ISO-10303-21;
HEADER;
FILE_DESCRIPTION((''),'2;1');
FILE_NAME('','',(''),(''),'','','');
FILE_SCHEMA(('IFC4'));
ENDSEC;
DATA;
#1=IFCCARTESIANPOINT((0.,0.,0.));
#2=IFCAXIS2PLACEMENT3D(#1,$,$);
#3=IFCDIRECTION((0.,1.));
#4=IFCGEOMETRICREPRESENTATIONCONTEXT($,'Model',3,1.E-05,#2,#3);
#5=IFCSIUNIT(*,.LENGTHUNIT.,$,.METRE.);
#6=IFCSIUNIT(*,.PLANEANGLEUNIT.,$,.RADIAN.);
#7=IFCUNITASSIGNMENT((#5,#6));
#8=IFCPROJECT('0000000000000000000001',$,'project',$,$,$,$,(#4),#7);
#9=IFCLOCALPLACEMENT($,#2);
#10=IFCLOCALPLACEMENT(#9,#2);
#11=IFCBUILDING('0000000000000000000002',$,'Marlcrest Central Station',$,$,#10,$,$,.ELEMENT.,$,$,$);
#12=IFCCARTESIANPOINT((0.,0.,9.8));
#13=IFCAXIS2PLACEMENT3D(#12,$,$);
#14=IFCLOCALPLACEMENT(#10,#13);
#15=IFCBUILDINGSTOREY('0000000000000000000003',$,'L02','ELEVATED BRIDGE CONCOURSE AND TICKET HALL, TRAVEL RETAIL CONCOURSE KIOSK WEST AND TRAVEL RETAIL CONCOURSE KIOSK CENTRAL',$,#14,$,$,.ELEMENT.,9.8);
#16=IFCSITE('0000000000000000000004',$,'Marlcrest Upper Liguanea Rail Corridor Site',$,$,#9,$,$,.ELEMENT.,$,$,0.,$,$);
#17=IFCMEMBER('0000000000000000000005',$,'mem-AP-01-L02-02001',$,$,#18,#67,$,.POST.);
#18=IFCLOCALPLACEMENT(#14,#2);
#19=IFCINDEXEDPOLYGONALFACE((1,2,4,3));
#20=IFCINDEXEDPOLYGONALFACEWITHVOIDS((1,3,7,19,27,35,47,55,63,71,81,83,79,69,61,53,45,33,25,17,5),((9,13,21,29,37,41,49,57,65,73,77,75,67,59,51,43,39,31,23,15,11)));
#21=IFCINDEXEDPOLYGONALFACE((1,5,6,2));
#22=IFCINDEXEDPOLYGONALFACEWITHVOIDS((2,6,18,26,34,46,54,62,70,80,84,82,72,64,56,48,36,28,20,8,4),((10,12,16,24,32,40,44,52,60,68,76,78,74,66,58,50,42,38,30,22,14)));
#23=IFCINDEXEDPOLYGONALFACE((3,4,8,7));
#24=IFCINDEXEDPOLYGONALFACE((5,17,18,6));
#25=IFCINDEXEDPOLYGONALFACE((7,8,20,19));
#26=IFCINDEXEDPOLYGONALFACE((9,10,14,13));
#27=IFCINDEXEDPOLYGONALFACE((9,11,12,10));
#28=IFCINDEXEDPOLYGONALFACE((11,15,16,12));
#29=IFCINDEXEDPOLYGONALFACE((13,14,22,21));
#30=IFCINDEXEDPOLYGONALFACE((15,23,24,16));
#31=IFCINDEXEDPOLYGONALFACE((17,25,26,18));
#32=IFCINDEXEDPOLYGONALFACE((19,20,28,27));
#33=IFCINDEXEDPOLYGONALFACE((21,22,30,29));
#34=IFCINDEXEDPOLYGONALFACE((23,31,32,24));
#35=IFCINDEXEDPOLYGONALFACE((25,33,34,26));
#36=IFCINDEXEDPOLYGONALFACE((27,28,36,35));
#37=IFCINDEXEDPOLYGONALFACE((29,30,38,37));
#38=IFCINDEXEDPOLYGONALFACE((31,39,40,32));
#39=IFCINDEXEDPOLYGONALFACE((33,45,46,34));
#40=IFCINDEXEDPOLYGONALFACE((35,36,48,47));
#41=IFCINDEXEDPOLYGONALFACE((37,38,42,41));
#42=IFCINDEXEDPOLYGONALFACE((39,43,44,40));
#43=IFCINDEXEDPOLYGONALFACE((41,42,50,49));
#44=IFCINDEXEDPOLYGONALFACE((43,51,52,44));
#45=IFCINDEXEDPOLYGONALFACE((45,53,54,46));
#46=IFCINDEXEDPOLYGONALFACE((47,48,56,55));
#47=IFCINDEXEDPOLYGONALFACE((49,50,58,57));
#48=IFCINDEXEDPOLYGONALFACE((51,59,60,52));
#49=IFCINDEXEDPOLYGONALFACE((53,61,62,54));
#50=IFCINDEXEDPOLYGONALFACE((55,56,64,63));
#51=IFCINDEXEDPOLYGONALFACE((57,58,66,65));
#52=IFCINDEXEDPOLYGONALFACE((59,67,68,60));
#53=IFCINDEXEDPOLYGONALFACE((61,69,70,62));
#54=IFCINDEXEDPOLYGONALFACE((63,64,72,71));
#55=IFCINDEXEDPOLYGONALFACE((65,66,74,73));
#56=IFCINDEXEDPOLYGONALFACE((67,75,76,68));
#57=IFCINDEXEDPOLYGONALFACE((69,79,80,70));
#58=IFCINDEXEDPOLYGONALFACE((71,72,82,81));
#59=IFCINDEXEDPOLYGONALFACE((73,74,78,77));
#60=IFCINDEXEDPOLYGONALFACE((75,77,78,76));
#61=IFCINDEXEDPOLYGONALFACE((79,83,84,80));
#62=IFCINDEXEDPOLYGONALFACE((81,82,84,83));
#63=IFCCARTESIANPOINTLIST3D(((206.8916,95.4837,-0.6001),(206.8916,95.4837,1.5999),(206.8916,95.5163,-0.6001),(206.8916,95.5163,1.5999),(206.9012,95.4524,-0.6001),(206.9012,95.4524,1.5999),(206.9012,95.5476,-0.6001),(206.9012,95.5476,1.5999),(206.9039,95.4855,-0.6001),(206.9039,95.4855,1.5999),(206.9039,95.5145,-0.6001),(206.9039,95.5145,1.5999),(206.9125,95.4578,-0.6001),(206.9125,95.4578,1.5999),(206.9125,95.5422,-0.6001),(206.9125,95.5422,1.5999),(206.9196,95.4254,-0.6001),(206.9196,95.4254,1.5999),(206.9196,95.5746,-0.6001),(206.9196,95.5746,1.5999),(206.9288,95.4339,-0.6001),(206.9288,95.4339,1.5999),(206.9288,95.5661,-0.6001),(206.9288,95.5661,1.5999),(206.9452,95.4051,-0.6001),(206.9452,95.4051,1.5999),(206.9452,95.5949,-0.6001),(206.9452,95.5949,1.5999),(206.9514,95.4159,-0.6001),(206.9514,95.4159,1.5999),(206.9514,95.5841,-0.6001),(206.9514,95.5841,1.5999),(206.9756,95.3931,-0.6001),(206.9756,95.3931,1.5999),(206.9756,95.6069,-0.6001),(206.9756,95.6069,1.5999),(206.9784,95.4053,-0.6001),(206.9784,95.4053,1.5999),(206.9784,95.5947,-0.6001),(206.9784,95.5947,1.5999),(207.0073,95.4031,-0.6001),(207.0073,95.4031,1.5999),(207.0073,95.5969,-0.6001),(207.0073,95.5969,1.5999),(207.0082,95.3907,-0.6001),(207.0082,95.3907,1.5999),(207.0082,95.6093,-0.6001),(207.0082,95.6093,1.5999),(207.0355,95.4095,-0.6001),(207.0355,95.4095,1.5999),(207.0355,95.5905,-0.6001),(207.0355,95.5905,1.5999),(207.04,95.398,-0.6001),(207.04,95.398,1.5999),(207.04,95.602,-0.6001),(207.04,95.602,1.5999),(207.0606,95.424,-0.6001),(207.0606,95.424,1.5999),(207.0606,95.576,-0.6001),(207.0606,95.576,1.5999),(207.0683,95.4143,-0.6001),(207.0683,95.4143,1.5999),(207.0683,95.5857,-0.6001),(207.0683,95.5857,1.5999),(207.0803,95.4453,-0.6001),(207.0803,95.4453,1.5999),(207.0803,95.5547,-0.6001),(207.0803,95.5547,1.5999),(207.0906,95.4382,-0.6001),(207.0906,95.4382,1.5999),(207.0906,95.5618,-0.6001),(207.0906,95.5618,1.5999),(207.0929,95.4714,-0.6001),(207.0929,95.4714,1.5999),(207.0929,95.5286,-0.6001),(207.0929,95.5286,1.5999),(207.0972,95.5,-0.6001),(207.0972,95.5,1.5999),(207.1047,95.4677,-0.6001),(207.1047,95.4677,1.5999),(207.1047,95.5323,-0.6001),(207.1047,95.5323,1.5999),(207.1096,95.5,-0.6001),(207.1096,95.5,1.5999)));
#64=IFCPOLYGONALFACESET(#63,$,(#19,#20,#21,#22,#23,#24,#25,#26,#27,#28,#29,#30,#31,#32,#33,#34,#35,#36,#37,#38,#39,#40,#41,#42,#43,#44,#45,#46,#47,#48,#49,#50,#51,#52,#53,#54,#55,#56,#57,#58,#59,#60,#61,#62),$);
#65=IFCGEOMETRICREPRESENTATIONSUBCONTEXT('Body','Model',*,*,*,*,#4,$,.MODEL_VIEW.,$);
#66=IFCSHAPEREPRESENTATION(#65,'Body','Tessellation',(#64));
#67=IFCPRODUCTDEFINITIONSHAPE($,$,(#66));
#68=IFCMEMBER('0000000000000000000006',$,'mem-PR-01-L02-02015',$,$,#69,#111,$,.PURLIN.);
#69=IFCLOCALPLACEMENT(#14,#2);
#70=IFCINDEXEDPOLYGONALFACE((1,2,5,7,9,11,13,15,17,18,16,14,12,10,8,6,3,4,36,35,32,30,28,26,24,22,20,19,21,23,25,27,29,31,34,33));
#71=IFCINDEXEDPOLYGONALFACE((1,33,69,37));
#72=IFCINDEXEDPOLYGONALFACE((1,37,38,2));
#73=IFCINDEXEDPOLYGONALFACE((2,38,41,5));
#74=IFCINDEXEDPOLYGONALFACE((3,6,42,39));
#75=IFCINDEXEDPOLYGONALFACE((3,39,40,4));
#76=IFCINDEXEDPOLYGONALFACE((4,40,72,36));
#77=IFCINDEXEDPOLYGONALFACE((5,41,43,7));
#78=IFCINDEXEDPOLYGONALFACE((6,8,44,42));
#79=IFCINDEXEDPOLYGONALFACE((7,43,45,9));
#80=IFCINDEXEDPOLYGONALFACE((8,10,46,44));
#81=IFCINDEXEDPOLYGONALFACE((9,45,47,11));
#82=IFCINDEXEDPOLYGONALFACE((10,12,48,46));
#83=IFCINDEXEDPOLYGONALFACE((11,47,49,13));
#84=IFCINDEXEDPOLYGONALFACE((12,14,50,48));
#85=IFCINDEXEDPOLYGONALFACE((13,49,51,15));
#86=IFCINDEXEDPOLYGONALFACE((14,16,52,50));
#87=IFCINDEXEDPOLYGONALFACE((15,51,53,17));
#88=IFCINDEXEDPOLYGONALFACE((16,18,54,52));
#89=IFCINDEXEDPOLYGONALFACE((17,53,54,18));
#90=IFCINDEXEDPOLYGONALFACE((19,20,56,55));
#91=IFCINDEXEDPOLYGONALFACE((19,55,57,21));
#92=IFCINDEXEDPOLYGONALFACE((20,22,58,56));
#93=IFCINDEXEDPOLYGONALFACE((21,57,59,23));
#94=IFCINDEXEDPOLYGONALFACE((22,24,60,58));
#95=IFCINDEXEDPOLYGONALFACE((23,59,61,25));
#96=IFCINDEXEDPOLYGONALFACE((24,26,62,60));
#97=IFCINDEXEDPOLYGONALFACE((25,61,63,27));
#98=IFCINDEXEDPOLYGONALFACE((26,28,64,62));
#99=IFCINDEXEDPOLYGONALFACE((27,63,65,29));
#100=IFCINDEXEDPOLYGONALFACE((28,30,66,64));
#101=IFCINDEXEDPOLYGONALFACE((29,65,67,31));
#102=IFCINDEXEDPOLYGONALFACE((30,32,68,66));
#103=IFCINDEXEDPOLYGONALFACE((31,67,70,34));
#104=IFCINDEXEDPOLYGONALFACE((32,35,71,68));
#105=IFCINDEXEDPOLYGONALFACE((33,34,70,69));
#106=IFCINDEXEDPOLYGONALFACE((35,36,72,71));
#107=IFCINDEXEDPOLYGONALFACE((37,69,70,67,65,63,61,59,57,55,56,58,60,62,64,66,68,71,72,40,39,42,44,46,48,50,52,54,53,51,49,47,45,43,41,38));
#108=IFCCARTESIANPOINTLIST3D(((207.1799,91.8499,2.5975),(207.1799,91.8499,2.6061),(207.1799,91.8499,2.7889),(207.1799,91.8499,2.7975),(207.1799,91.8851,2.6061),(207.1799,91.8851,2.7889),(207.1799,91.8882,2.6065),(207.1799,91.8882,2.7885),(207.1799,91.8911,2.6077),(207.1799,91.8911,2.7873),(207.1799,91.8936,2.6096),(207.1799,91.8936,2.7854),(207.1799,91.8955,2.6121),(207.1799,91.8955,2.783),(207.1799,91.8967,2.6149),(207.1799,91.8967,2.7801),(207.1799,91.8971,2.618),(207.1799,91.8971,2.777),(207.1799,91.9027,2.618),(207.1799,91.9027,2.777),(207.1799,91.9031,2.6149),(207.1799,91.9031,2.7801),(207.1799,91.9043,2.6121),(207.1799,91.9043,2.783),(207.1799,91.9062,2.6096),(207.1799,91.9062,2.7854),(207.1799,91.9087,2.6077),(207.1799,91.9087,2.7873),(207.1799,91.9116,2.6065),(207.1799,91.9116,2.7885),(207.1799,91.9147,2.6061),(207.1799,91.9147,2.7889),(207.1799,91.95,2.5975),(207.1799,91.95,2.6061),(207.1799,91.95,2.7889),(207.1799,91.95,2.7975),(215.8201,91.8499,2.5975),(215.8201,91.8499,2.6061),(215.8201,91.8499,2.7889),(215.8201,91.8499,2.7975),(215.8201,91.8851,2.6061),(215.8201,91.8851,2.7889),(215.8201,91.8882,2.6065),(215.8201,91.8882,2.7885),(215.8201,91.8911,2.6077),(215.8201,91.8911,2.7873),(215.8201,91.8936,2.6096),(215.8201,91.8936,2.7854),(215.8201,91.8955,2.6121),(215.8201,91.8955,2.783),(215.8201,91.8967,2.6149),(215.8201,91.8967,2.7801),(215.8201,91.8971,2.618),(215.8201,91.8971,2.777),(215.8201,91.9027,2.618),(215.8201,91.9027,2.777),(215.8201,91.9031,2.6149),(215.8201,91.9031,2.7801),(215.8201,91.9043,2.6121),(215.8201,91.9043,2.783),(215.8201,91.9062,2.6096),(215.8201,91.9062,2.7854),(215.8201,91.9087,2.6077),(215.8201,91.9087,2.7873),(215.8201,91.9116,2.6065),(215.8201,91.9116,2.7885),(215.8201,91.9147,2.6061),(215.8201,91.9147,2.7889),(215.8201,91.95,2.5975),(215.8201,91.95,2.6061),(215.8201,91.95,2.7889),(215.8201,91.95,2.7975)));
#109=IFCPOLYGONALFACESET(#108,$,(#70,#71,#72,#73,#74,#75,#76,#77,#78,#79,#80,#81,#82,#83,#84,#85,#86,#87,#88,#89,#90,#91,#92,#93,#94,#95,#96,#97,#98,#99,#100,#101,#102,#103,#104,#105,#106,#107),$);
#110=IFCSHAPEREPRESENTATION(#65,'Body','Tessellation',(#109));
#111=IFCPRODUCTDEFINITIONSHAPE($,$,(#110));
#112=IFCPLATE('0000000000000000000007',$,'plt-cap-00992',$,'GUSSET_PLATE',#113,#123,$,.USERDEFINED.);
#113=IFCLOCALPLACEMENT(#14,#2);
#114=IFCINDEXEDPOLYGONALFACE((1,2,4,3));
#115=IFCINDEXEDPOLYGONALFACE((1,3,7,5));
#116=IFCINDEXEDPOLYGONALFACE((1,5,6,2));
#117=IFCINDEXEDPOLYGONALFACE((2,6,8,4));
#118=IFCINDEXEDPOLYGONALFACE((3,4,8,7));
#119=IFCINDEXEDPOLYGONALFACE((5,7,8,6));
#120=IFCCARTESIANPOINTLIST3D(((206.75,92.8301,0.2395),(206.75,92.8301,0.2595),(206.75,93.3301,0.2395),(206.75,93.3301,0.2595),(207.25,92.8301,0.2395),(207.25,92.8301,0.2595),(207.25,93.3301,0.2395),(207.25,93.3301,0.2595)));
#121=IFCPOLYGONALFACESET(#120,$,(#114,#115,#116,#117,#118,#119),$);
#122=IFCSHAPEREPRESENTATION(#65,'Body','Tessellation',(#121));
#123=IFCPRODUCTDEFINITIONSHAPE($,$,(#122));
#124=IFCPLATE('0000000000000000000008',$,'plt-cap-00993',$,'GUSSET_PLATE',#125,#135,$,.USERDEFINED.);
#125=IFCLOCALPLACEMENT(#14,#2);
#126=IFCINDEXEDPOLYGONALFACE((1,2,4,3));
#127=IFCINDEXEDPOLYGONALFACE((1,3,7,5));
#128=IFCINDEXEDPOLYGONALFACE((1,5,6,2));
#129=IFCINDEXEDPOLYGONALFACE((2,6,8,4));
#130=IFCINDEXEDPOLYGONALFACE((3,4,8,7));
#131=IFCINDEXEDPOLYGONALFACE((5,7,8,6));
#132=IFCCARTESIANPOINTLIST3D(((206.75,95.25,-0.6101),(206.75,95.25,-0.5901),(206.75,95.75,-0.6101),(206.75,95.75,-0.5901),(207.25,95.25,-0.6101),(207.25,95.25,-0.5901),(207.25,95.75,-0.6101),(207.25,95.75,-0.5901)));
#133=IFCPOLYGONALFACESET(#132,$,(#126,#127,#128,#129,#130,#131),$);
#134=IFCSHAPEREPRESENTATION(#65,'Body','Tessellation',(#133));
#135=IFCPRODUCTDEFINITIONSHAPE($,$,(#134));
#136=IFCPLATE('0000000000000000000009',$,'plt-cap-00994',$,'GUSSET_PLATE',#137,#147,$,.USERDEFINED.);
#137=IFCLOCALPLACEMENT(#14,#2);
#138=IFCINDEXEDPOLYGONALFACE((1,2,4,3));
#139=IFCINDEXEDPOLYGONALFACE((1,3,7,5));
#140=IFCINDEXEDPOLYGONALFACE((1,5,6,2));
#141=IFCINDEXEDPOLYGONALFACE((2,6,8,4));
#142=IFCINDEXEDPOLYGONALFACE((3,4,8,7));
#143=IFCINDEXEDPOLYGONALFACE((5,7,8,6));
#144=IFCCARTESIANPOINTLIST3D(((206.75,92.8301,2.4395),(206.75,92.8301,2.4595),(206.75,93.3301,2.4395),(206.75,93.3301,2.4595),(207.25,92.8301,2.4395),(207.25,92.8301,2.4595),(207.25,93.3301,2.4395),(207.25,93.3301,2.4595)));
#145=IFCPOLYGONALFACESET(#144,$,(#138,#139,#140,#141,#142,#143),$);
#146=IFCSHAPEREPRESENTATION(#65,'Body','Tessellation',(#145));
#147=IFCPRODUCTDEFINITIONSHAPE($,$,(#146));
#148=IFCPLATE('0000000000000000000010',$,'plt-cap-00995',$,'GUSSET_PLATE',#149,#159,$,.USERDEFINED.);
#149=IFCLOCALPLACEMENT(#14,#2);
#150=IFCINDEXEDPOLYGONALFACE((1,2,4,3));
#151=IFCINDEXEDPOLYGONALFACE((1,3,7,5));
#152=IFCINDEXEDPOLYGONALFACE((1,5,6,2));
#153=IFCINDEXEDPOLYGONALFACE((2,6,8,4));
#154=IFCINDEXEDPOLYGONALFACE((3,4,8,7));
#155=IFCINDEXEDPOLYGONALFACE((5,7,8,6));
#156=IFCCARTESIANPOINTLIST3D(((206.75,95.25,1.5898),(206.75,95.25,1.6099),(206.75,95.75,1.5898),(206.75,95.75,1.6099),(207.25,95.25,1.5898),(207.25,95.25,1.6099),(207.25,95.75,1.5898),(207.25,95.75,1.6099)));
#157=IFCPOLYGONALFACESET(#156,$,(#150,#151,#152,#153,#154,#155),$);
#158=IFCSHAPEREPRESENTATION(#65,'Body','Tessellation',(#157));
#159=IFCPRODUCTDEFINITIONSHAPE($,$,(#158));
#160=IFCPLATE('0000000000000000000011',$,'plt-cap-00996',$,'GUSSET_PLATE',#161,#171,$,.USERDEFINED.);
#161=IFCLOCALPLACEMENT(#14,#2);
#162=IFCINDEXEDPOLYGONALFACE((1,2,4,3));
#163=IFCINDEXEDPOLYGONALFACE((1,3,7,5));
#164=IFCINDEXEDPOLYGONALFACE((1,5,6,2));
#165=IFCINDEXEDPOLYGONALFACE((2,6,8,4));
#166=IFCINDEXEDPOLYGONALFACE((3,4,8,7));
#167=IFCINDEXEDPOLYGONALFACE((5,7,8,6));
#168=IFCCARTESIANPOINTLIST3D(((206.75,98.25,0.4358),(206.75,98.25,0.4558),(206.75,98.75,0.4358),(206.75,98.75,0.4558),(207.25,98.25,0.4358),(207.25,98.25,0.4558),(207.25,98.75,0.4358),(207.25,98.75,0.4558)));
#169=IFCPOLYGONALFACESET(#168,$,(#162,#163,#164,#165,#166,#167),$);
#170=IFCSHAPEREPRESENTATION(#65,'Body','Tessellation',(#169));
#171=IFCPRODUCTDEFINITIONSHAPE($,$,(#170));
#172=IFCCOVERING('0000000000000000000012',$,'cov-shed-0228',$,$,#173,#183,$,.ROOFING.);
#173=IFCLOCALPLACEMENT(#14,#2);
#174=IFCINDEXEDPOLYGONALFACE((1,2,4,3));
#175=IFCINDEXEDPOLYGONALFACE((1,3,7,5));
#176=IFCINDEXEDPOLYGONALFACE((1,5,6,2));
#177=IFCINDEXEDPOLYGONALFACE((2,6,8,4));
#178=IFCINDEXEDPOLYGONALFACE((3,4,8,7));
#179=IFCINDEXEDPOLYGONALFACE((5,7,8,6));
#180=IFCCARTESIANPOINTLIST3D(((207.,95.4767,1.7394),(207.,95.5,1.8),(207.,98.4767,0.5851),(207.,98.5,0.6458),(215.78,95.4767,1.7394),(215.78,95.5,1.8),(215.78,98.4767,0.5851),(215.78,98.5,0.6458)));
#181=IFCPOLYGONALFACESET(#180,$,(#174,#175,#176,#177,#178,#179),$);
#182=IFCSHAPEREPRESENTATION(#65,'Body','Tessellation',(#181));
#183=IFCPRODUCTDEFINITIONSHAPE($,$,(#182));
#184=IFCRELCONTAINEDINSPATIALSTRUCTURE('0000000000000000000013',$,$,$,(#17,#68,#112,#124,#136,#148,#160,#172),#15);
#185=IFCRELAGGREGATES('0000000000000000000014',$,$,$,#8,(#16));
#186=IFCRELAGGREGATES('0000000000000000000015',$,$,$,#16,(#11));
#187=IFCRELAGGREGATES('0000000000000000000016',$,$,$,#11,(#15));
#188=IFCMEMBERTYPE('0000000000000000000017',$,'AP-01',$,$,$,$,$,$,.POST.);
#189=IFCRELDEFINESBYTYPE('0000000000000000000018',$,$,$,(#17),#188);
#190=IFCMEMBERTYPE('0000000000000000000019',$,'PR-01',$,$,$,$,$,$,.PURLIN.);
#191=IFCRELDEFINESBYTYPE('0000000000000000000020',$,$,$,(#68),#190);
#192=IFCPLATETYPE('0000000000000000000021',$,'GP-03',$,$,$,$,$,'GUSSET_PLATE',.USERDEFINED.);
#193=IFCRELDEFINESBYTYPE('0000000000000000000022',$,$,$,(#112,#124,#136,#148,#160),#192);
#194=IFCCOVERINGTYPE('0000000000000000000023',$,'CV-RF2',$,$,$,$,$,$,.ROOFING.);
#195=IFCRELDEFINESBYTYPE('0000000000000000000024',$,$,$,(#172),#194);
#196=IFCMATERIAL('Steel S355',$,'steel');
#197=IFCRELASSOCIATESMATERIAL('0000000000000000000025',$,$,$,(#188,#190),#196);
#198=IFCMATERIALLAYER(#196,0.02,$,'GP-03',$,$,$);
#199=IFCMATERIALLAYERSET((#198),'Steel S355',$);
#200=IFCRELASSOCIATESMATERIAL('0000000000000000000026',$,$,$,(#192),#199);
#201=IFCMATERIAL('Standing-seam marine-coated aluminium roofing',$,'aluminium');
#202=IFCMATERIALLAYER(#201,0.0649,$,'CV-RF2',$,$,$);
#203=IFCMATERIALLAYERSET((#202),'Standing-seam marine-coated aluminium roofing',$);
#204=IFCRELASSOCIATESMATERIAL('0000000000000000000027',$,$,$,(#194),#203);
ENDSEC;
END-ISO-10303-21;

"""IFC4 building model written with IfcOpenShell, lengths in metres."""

from ifc_helpers import new_model, si_unit, direction, frame, origin, origin_2d, place, context, subcontext, project, spatial, polyline, rectangle, hollow_circle, i_section, outline, extrude, material, layer, layer_set, material_profile, profile_set, type_object, element, save


model = new_model("IFC4")

# Units and contexts
model_context = context("Model", 3, precision=1e-05, world=origin(), true_north=direction((0.0, 1.0)))
body_context = subcontext(model_context, "Body", "Model", "MODEL_VIEW")
ifc_project = project(units=[si_unit("LENGTHUNIT", "METRE"), si_unit("PLANEANGLEUNIT", "RADIAN")], contexts=[model_context])

# Site, building, storey
site_placement = place(None, origin())
site = spatial("IfcSite", under=ifc_project, at=site_placement, Name="Marlcrest Upper Liguanea Rail Corridor Site", CompositionType="ELEMENT", RefElevation=0.0)
building_placement = place(site_placement, origin())
building = spatial("IfcBuilding", under=site, at=building_placement, Name="Marlcrest Central Station", CompositionType="ELEMENT")
storey_placement = place(building_placement, frame((0.0, 0.0, 9.8)))
storey = spatial("IfcBuildingStorey", under=building, at=storey_placement, Name="L02", Description="ELEVATED BRIDGE CONCOURSE AND TICKET HALL, TRAVEL RETAIL CONCOURSE KIOSK WEST AND TRAVEL RETAIL CONCOURSE KIOSK CENTRAL", CompositionType="ELEMENT", Elevation=9.8)

# Members
ifc_material_1 = material(Name="Steel S355", Category="steel")
ifc_material_profile_1 = material_profile(ifc_material_1, hollow_circle(Radius=0.1096, WallThickness=0.0125, at=origin_2d()), Name="CHS 219.1x12.5")
ifc_profile_set_1 = profile_set([ifc_material_profile_1], Name="Steel S355")
member_type_1 = type_object("IfcMemberType", Name="AP-01", PredefinedType="POST", material=ifc_profile_set_1)
for number, where, z_axis, x_axis, name in (
    (1, (207.0, 95.5, -0.6001), (0.0, 0.0, 1.0), (1.0, 0.0, 0.0), "mem-AP-01-L02-02001"),
):
    element("IfcMember", number, at=place(storey_placement, frame(where, z_axis=z_axis, x_axis=x_axis)), inside=storey, type_object=member_type_1, Name=name, PredefinedType="POST", context=body_context, shape_type="SweptSolid", body=[
        extrude(hollow_circle(Radius=0.1096, WallThickness=0.0125, at=origin_2d()), origin(), (0.0, 0.0, 1.0), 2.2),
    ])
ifc_material_profile_2 = material_profile(ifc_material_1, i_section(OverallWidth=0.1001, OverallDepth=0.2, WebThickness=0.0056, FlangeThickness=0.0085, FilletRadius=0.012, at=origin_2d()), Name="IPE 200")
ifc_profile_set_2 = profile_set([ifc_material_profile_2], Name="Steel S355")
member_type_2 = type_object("IfcMemberType", Name="PR-01", PredefinedType="PURLIN", material=ifc_profile_set_2)
member_1_placement = place(storey_placement, frame((207.1799, 91.8999, 2.6975), z_axis=(1.0, 0.0, 0.0), x_axis=(0.0, 1.0, 0.0)))
element("IfcMember", 2, at=member_1_placement, inside=storey, type_object=member_type_2, Name="mem-PR-01-L02-02015", PredefinedType="PURLIN", context=body_context, shape_type="SweptSolid", body=[
    extrude(i_section(OverallWidth=0.1001, OverallDepth=0.2, WebThickness=0.0056, FlangeThickness=0.0085, FilletRadius=0.012, at=origin_2d()), origin(), (0.0, 0.0, 1.0), 8.6401),
])

# Plates
ifc_layer_1 = layer(ifc_material_1, 0.02, Name="GP-03")
ifc_layer_set_1 = layer_set([ifc_layer_1], Name="Steel S355")
plate_type = type_object("IfcPlateType", Name="GP-03", ElementType="GUSSET_PLATE", PredefinedType="USERDEFINED", material=ifc_layer_set_1)
for number, where, z_axis, x_axis, name in (
    (3, (207.0, 93.0801, 0.2395), (0.0, 0.0, 1.0), (1.0, 0.0, 0.0), "plt-cap-00992"),
    (4, (207.0, 95.5, -0.6101), (0.0, 0.0, 1.0), (1.0, 0.0, 0.0), "plt-cap-00993"),
    (5, (207.0, 93.0801, 2.4395), (0.0, 0.0, 1.0), (1.0, 0.0, 0.0), "plt-cap-00994"),
    (6, (207.0, 95.5, 1.5898), (0.0, 0.0, 1.0), (1.0, 0.0, 0.0), "plt-cap-00995"),
    (7, (207.0, 98.5, 0.4358), (0.0, 0.0, 1.0), (1.0, 0.0, 0.0), "plt-cap-00996"),
):
    element("IfcPlate", number, at=place(storey_placement, frame(where, z_axis=z_axis, x_axis=x_axis)), inside=storey, type_object=plate_type, Name=name, ObjectType="GUSSET_PLATE", PredefinedType="USERDEFINED", context=body_context, shape_type="SweptSolid", body=[
        extrude(rectangle(XDim=0.5, YDim=0.5, at=origin_2d()), origin(), (0.0, 0.0, 1.0), 0.02),
    ])

# Covering
ifc_material_2 = material(Name="Standing-seam marine-coated aluminium roofing", Category="aluminium")
ifc_layer_2 = layer(ifc_material_2, 0.0649, Name="CV-RF2")
ifc_layer_set_2 = layer_set([ifc_layer_2], Name="Standing-seam marine-coated aluminium roofing")
covering_type = type_object("IfcCoveringType", Name="CV-RF2", PredefinedType="ROOFING", material=ifc_layer_set_2)
covering_placement = place(storey_placement, frame((207.0, 95.5, 1.8), z_axis=(0.0, 0.359101, 0.933299), x_axis=(1.0, 0.0, 0.0)))
element("IfcCovering", 8, at=covering_placement, inside=storey, type_object=covering_type, Name="cov-shed-0228", PredefinedType="ROOFING", context=body_context, shape_type="SweptSolid", body=[
    extrude(outline(polyline([(0.0, 0.0), (8.78, 0.0), (8.78, 3.2144), (0.0, 3.2144), (0.0, 0.0)])), origin(), (0.0, 0.0, -1.0), 0.0649),
])

save(model, "model.ifc")
